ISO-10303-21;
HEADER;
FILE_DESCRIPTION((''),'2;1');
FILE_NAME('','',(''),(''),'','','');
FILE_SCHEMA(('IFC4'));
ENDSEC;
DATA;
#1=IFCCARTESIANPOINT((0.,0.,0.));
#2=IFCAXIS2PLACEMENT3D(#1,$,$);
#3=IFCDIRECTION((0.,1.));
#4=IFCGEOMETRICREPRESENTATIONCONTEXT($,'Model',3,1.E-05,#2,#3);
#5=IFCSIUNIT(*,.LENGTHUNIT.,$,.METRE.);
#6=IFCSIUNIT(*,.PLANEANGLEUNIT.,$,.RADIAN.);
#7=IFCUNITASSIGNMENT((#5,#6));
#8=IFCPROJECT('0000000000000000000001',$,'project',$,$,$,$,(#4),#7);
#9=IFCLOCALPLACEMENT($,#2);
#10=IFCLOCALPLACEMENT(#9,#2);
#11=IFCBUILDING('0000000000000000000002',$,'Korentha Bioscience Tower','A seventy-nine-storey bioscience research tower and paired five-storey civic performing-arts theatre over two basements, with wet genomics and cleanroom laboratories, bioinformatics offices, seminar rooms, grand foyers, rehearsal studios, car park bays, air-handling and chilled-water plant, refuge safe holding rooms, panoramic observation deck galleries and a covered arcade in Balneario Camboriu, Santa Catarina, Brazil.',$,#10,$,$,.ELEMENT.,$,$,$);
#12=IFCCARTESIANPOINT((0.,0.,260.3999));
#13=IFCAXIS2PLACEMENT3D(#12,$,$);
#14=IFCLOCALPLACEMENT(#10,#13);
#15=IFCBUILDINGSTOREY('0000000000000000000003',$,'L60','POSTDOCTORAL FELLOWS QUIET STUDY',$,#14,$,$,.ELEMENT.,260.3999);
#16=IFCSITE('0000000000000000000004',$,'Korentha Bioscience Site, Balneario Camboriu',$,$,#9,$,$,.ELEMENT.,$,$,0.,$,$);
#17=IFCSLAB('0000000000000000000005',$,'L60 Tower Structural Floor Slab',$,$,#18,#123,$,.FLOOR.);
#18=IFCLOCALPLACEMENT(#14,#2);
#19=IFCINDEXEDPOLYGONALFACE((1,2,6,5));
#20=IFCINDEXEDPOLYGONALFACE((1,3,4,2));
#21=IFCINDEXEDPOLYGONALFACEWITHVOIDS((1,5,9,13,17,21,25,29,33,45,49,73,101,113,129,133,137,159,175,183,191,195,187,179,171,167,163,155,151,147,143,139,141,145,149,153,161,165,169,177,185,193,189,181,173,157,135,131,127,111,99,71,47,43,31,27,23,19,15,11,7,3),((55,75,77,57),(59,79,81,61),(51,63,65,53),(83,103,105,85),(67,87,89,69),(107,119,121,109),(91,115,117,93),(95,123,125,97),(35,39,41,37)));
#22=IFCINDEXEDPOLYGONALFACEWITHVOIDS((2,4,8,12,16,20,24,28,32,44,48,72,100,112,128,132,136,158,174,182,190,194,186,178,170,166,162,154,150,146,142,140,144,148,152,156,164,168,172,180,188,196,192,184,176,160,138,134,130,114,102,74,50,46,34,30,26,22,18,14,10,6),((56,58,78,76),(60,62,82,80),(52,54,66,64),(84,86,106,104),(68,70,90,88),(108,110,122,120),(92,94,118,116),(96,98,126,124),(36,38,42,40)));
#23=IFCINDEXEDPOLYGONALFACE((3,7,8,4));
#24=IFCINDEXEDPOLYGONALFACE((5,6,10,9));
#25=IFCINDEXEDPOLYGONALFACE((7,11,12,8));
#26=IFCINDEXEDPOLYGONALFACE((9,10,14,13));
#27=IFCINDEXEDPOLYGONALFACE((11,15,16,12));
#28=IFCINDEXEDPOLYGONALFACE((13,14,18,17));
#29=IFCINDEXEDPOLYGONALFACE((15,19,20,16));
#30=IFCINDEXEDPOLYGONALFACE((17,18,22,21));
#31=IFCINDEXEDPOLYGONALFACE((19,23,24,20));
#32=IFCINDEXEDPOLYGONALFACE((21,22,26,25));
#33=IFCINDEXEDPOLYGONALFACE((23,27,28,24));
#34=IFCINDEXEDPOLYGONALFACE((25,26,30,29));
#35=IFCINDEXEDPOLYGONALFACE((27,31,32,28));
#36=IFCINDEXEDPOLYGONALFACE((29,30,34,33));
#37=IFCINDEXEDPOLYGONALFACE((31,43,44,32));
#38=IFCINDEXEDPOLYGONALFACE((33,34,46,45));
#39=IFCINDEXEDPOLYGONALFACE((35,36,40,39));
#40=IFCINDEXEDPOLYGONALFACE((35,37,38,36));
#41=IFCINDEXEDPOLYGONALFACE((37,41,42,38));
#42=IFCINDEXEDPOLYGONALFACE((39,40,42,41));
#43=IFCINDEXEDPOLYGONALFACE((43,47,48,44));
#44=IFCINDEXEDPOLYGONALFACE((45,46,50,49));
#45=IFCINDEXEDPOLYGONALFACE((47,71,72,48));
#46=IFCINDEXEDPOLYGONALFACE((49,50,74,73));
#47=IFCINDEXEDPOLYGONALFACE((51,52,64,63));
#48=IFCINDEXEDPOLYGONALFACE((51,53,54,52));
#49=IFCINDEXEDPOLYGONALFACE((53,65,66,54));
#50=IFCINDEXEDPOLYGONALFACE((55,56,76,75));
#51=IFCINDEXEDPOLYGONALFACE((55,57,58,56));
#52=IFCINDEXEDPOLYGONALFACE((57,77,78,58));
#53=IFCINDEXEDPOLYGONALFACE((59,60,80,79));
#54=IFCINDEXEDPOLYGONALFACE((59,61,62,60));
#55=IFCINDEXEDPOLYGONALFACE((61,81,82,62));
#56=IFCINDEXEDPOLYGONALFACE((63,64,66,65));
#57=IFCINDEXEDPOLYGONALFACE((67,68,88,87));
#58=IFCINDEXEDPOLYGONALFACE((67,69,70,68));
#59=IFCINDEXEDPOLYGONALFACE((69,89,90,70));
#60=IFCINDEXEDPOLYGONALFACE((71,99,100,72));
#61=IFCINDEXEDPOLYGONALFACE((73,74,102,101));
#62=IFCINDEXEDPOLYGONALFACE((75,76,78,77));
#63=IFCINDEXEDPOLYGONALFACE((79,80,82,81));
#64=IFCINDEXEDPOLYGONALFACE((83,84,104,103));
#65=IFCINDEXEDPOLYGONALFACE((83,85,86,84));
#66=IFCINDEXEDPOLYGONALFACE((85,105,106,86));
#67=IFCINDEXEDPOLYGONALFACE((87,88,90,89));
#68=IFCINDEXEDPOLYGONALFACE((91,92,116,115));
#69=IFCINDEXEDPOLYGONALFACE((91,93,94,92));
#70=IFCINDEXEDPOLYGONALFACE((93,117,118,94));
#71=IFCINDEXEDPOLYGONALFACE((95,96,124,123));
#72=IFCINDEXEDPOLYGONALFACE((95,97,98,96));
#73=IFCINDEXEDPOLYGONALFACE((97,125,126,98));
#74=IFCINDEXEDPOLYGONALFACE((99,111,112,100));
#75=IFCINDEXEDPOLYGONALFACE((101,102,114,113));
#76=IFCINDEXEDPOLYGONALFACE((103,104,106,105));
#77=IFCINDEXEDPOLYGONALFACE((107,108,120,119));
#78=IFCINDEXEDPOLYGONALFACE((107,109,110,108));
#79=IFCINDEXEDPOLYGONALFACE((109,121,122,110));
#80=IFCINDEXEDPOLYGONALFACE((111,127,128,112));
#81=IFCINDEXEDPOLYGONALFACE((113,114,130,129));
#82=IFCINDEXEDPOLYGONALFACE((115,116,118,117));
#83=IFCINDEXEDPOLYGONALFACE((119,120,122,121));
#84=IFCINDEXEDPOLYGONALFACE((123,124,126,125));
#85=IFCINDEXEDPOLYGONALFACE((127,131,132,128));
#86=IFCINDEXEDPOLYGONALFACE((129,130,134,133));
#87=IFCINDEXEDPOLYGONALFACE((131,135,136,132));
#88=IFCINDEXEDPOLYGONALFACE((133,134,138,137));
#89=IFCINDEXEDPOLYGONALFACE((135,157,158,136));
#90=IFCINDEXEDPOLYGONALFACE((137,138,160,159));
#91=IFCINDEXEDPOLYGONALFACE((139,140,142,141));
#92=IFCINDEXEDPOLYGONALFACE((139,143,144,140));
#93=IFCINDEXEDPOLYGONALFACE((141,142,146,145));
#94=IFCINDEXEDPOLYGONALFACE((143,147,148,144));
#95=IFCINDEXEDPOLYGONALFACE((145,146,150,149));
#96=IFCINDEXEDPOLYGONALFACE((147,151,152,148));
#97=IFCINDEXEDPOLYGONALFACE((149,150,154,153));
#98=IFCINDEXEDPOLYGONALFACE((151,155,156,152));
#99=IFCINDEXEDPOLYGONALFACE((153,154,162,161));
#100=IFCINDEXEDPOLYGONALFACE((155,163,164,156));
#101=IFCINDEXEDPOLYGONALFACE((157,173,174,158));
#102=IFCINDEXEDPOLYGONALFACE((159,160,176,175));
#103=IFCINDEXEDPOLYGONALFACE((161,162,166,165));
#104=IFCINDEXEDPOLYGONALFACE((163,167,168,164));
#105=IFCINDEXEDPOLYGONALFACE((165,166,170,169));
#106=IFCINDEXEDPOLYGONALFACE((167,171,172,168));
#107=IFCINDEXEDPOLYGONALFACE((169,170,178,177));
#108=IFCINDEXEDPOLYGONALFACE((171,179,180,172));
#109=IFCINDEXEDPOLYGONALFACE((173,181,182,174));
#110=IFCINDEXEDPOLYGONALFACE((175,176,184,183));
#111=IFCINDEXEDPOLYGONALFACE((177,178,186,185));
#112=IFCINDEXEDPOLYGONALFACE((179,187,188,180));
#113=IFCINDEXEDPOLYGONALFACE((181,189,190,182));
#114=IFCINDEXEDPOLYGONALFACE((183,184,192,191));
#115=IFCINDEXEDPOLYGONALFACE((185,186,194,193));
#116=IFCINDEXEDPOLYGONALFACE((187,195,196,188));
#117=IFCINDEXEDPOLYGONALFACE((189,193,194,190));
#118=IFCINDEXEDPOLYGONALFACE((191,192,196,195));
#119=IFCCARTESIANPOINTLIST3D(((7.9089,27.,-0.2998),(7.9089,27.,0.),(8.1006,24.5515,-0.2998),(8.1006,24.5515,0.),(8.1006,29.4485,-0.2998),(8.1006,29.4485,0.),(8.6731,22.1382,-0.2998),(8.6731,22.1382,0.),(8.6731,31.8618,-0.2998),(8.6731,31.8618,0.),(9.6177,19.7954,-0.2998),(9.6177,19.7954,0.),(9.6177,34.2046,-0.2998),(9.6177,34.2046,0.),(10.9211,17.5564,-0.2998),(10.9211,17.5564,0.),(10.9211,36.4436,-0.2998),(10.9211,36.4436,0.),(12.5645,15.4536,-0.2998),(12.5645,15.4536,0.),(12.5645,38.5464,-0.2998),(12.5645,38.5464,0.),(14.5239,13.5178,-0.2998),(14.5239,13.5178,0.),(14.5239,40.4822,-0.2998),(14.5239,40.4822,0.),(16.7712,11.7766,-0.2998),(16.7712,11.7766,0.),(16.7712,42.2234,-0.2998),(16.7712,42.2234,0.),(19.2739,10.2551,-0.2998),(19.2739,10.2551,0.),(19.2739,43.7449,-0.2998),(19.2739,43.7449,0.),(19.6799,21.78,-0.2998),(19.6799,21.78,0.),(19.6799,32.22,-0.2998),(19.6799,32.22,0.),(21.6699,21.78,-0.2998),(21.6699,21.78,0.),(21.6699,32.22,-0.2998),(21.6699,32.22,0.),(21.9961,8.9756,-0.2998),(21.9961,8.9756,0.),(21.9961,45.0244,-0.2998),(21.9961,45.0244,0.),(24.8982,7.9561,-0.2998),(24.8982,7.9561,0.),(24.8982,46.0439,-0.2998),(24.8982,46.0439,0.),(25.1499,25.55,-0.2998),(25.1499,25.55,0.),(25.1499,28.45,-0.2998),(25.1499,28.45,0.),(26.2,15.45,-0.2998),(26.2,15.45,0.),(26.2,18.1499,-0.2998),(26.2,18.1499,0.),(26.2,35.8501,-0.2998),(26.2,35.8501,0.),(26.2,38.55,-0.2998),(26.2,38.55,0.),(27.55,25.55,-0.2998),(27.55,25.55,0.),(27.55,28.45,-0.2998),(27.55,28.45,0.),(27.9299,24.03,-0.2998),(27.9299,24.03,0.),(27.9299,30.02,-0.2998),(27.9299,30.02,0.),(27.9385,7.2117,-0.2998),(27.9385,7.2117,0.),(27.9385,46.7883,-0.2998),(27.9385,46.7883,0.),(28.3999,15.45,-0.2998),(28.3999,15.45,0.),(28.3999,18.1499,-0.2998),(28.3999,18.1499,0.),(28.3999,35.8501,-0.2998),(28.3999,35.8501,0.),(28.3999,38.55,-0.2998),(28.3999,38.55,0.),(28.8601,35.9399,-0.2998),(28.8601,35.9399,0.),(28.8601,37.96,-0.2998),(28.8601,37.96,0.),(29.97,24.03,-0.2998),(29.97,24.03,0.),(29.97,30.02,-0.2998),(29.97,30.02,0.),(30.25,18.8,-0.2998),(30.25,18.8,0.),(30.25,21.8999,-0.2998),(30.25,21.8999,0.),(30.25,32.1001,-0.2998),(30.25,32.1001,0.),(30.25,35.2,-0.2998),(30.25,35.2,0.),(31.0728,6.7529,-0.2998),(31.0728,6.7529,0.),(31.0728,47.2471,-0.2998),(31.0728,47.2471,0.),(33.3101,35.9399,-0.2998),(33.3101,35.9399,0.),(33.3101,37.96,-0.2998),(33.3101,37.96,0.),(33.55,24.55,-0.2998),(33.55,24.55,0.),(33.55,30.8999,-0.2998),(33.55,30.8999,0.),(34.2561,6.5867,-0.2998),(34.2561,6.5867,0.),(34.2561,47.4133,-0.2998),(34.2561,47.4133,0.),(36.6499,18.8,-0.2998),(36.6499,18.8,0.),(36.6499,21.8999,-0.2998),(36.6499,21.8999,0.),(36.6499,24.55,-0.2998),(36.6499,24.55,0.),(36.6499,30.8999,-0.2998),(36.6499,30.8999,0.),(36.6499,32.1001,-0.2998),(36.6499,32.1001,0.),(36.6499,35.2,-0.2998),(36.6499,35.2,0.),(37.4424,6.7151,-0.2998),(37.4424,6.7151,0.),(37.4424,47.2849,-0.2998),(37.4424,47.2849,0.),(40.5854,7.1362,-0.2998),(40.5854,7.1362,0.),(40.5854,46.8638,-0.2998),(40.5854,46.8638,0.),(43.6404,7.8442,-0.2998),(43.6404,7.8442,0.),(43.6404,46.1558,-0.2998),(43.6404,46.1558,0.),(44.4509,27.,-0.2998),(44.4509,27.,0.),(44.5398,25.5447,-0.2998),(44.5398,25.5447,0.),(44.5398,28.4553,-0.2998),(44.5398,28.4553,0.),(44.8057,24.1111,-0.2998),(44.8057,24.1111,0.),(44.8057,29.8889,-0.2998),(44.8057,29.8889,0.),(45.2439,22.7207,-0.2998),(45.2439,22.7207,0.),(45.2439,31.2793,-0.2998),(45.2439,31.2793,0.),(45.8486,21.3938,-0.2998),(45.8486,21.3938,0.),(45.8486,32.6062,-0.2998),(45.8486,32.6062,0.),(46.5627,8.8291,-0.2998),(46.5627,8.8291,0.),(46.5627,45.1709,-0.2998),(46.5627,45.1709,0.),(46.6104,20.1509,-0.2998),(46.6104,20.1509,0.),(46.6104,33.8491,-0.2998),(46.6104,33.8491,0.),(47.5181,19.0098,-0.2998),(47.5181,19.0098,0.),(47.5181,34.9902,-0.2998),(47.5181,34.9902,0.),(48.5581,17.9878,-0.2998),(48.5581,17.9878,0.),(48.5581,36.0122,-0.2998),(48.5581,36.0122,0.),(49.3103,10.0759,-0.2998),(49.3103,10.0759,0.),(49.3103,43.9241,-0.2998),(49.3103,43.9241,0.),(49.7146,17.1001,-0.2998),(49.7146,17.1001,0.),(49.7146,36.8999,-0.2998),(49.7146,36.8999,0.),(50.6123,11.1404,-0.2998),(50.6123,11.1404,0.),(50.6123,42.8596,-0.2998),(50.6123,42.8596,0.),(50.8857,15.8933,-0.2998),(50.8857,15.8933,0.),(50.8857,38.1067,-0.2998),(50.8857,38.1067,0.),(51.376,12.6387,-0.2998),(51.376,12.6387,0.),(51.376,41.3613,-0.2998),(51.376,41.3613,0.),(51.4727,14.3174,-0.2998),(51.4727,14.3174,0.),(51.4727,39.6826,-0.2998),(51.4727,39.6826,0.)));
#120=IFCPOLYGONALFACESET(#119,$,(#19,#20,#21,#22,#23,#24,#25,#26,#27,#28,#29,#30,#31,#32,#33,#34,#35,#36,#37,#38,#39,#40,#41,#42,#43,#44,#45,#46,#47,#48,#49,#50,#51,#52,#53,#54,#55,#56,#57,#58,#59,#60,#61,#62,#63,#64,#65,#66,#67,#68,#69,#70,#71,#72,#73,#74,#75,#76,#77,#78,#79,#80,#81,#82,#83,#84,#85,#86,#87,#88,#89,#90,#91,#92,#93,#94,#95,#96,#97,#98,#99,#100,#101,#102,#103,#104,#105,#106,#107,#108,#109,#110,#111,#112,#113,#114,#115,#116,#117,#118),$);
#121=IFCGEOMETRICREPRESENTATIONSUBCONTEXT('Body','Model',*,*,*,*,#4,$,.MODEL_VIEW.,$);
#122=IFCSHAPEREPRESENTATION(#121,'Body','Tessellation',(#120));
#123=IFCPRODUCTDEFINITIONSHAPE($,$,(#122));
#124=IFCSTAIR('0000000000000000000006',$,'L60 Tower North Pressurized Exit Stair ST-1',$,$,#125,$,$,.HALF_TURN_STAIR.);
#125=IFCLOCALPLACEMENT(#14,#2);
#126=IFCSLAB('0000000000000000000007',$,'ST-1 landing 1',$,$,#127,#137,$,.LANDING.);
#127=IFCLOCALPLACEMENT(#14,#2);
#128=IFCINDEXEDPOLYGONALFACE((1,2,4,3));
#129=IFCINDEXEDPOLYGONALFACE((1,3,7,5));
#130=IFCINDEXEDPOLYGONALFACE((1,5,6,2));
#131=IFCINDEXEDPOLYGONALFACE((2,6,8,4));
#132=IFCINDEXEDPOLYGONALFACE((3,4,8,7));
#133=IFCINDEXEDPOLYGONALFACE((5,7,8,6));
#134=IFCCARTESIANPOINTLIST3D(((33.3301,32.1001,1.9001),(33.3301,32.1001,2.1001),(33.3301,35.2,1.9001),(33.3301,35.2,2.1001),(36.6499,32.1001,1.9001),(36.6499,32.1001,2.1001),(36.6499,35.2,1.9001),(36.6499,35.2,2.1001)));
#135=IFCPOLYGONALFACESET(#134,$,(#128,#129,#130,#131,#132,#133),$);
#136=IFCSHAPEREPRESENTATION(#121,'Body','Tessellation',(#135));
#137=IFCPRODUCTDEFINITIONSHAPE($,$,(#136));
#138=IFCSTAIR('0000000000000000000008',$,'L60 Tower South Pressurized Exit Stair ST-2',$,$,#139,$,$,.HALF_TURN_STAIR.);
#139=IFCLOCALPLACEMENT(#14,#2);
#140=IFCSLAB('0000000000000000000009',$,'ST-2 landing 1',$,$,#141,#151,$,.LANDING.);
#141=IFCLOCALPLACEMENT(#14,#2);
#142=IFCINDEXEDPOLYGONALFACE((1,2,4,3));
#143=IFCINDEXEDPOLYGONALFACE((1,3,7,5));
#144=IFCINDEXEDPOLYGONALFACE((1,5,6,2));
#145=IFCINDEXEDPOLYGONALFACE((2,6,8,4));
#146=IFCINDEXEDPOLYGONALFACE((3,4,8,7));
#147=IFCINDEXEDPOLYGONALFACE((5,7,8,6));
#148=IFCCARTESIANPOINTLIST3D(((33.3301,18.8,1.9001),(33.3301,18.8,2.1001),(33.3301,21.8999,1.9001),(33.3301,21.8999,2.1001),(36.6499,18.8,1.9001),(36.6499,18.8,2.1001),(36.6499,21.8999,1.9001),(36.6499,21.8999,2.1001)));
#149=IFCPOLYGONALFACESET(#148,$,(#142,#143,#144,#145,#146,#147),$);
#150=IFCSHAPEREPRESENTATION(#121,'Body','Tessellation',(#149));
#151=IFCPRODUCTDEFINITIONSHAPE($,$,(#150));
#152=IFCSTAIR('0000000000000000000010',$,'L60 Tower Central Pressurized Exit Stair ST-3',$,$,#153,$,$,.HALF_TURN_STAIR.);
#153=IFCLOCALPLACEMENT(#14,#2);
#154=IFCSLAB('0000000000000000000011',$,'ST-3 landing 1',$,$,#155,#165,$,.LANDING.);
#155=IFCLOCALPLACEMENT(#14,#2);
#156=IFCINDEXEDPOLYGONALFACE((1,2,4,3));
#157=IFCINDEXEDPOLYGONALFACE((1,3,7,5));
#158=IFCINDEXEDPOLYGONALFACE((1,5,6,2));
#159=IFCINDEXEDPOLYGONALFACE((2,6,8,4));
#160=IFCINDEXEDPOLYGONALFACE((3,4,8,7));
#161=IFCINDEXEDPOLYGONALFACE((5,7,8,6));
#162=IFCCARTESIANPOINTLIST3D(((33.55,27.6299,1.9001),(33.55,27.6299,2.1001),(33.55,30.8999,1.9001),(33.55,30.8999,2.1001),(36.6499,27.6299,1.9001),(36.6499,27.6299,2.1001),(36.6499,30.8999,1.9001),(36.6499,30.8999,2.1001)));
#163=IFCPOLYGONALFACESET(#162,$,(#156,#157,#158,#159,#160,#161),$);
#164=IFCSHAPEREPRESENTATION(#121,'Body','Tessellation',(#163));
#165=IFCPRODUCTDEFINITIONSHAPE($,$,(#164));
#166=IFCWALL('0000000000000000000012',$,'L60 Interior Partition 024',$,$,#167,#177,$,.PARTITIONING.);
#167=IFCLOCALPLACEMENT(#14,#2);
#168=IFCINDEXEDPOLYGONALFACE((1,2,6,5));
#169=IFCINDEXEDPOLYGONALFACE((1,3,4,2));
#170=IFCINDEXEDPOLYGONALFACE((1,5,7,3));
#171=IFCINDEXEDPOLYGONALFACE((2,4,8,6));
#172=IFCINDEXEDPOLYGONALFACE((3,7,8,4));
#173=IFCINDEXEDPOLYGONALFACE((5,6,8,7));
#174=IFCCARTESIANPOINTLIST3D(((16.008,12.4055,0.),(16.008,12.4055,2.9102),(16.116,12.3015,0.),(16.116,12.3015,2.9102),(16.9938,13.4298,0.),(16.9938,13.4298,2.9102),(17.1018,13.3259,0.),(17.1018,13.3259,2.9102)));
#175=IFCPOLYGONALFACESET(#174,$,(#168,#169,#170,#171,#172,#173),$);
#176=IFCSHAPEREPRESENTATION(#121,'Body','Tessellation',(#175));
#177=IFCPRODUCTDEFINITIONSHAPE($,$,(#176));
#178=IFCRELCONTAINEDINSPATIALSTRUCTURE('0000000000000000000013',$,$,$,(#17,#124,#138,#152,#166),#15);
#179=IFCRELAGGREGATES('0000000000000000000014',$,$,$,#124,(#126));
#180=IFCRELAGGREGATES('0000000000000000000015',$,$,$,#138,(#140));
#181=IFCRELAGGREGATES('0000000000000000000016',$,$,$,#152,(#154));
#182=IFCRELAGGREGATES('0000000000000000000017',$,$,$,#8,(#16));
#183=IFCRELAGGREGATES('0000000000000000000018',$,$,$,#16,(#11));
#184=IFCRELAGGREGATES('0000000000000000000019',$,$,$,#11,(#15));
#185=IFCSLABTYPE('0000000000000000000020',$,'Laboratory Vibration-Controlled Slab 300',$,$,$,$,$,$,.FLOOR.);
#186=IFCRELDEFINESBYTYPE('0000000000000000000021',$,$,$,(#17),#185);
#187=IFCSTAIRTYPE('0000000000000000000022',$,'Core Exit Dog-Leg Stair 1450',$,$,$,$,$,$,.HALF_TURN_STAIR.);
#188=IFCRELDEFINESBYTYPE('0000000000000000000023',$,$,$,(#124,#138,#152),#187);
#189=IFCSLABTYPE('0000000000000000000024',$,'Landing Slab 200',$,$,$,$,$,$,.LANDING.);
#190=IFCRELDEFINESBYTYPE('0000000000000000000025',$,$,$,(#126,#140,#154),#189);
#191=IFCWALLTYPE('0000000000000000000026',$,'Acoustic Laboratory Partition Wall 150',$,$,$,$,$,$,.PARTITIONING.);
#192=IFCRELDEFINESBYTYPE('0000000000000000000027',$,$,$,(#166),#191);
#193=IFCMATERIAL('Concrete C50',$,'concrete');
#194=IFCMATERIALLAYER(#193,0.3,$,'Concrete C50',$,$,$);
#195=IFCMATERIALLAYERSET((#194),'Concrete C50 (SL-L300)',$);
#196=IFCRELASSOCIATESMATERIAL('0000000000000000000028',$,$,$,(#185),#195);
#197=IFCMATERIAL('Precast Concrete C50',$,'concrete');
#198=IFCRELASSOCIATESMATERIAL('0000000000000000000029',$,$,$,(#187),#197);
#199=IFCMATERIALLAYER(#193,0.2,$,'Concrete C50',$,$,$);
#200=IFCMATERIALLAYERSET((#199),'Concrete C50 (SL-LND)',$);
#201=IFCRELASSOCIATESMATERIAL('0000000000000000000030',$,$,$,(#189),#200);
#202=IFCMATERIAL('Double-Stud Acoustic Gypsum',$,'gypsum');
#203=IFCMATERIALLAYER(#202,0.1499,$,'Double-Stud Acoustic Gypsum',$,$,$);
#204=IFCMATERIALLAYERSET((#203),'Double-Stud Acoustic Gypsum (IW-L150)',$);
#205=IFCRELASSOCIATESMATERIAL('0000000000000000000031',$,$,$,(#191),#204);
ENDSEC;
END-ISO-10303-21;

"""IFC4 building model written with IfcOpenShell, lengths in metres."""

from ifc_helpers import new_model, si_unit, direction, frame, frame_2d, origin, place, context, subcontext, project, spatial, polyline, rectangle, outline, extrude, material, layer, layer_set, type_object, element, aggregate, save


model = new_model("IFC4")

# Units and contexts
model_context = context("Model", 3, precision=1e-05, world=origin(), true_north=direction((0.0, 1.0)))
body_context = subcontext(model_context, "Body", "Model", "MODEL_VIEW")
ifc_project = project(units=[si_unit("LENGTHUNIT", "METRE"), si_unit("PLANEANGLEUNIT", "RADIAN")], contexts=[model_context])

# Site, building, storey
site_placement = place(None, origin())
site = spatial("IfcSite", under=ifc_project, at=site_placement, Name="Korentha Bioscience Site, Balneario Camboriu", CompositionType="ELEMENT", RefElevation=0.0)
building_placement = place(site_placement, origin())
building = spatial("IfcBuilding", under=site, at=building_placement, Name="Korentha Bioscience Tower", Description="A seventy-nine-storey bioscience research tower and paired five-storey civic performing-arts theatre over two basements, with wet genomics and cleanroom laboratories, bioinformatics offices, seminar rooms, grand foyers, rehearsal studios, car park bays, air-handling and chilled-water plant, refuge safe holding rooms, panoramic observation deck galleries and a covered arcade in Balneario Camboriu, Santa Catarina, Brazil.", CompositionType="ELEMENT")
storey_placement = place(building_placement, frame((0.0, 0.0, 260.3999)))
storey = spatial("IfcBuildingStorey", under=building, at=storey_placement, Name="L60", Description="POSTDOCTORAL FELLOWS QUIET STUDY", CompositionType="ELEMENT", Elevation=260.3999)

# Slab
ifc_material_1 = material(Name="Concrete C50", Category="concrete")
ifc_layer_1 = layer(ifc_material_1, 0.3, Name="Concrete C50")
ifc_layer_set_1 = layer_set([ifc_layer_1], Name="Concrete C50 (SL-L300)")
slab_type_1 = type_object("IfcSlabType", Name="Laboratory Vibration-Controlled Slab 300", PredefinedType="FLOOR", material=ifc_layer_set_1)
slab_1_placement = place(storey_placement, frame((0.0, 0.0, -0.2998)))
element("IfcSlab", 1, at=slab_1_placement, inside=storey, type_object=slab_type_1, Name="L60 Tower Structural Floor Slab", PredefinedType="FLOOR", context=body_context, shape_type="SweptSolid", body=[
    extrude(outline(polyline([(49.3103, 43.9241), (46.5627, 45.1709), (43.6404, 46.1558), (40.5854, 46.8638), (37.4424, 47.2849), (34.2561, 47.4133), (31.0728, 47.2471), (27.9385, 46.7883), (24.8982, 46.0439), (21.9961, 45.0244), (19.2739, 43.7449), (16.7712, 42.2234), (14.5239, 40.4822), (12.5645, 38.5464), (10.9211, 36.4436), (9.6177, 34.2046), (8.6731, 31.8618), (8.1006, 29.4485), (7.9089, 27.0), (8.1006, 24.5515), (8.6731, 22.1382), (9.6177, 19.7954), (10.9211, 17.5564), (12.5645, 15.4536), (14.5239, 13.5178), (16.7712, 11.7766), (19.2739, 10.2551), (21.9961, 8.9756), (24.8982, 7.9561), (27.9385, 7.2117), (31.0728, 6.7529), (34.2561, 6.5867), (37.4424, 6.7151), (40.5854, 7.1362), (43.6404, 7.8442), (46.5627, 8.8291), (49.3103, 10.0759), (50.6123, 11.1404), (51.376, 12.6387), (51.4727, 14.3174), (50.8857, 15.8933), (49.7146, 17.1001), (48.5581, 17.9878), (47.5181, 19.0098), (46.6104, 20.1509), (45.8486, 21.3938), (45.2439, 22.7207), (44.8057, 24.1111), (44.5398, 25.5447), (44.4509, 27.0), (44.5398, 28.4553), (44.8057, 29.8889), (45.2439, 31.2793), (45.8486, 32.6062), (46.6104, 33.8491), (47.5181, 34.9902), (48.5581, 36.0122), (49.7146, 36.8999), (50.8857, 38.1067), (51.4727, 39.6826), (51.376, 41.3613), (50.6123, 42.8596), (49.3103, 43.9241)]), holes=[polyline([(30.25, 32.1001), (36.6499, 32.1001), (36.6499, 35.2), (30.25, 35.2), (30.25, 32.1001)]), polyline([(30.25, 18.8), (36.6499, 18.8), (36.6499, 21.8999), (30.25, 21.8999), (30.25, 18.8)]), polyline([(36.6499, 24.55), (36.6499, 30.8999), (33.55, 30.8999), (33.55, 24.55), (36.6499, 24.55)]), polyline([(19.6799, 21.78), (21.6699, 21.78), (21.6699, 32.22), (19.6799, 32.22), (19.6799, 21.78)]), polyline([(27.9299, 24.03), (29.97, 24.03), (29.97, 30.02), (27.9299, 30.02), (27.9299, 24.03)]), polyline([(28.8601, 35.9399), (33.3101, 35.9399), (33.3101, 37.96), (28.8601, 37.96), (28.8601, 35.9399)]), polyline([(26.2, 15.45), (28.3999, 15.45), (28.3999, 18.1499), (26.2, 18.1499), (26.2, 15.45)]), polyline([(26.2, 35.8501), (28.3999, 35.8501), (28.3999, 38.55), (26.2, 38.55), (26.2, 35.8501)]), polyline([(25.1499, 25.55), (27.55, 25.55), (27.55, 28.45), (25.1499, 28.45), (25.1499, 25.55)])]), origin(), (0.0, 0.0, 1.0), 0.2998),
])

# Stairs, slabs
ifc_material_2 = material(Name="Precast Concrete C50", Category="concrete")
stair_type = type_object("IfcStairType", Name="Core Exit Dog-Leg Stair 1450", PredefinedType="HALF_TURN_STAIR", material=ifc_material_2)
stair_1_placement = place(storey_placement, origin())
stair_1 = element("IfcStair", 2, at=stair_1_placement, inside=storey, type_object=stair_type, Name="L60 Tower North Pressurized Exit Stair ST-1", PredefinedType="HALF_TURN_STAIR")
ifc_layer_2 = layer(ifc_material_1, 0.2, Name="Concrete C50")
ifc_layer_set_2 = layer_set([ifc_layer_2], Name="Concrete C50 (SL-LND)")
slab_type_2 = type_object("IfcSlabType", Name="Landing Slab 200", PredefinedType="LANDING", material=ifc_layer_set_2)
slab_2_placement = place(storey_placement, frame((0.0, 0.0, 1.9001)))
slab_2 = element("IfcSlab", 3, at=slab_2_placement, type_object=slab_type_2, Name="ST-1 landing 1", PredefinedType="LANDING", context=body_context, shape_type="SweptSolid", body=[
    extrude(outline(polyline([(33.3301, 32.1001), (36.6499, 32.1001), (36.6499, 35.2), (33.3301, 35.2), (33.3301, 32.1001)])), origin(), (0.0, 0.0, 1.0), 0.2),
])
aggregate(stair_1, [slab_2])
stair_2_placement = place(storey_placement, origin())
stair_2 = element("IfcStair", 4, at=stair_2_placement, inside=storey, type_object=stair_type, Name="L60 Tower South Pressurized Exit Stair ST-2", PredefinedType="HALF_TURN_STAIR")
slab_3_placement = place(storey_placement, frame((0.0, 0.0, 1.9001)))
slab_3 = element("IfcSlab", 5, at=slab_3_placement, type_object=slab_type_2, Name="ST-2 landing 1", PredefinedType="LANDING", context=body_context, shape_type="SweptSolid", body=[
    extrude(outline(polyline([(33.3301, 18.8), (36.6499, 18.8), (36.6499, 21.8999), (33.3301, 21.8999), (33.3301, 18.8)])), origin(), (0.0, 0.0, 1.0), 0.2),
])
aggregate(stair_2, [slab_3])
stair_3_placement = place(storey_placement, origin())
stair_3 = element("IfcStair", 6, at=stair_3_placement, inside=storey, type_object=stair_type, Name="L60 Tower Central Pressurized Exit Stair ST-3", PredefinedType="HALF_TURN_STAIR")
slab_4_placement = place(storey_placement, frame((0.0, 0.0, 1.9001)))
slab_4 = element("IfcSlab", 7, at=slab_4_placement, type_object=slab_type_2, Name="ST-3 landing 1", PredefinedType="LANDING", context=body_context, shape_type="SweptSolid", body=[
    extrude(outline(polyline([(36.6499, 27.6299), (36.6499, 30.8999), (33.55, 30.8999), (33.55, 27.6299), (36.6499, 27.6299)])), origin(), (0.0, 0.0, 1.0), 0.2),
])
aggregate(stair_3, [slab_4])

# Wall
ifc_material_3 = material(Name="Double-Stud Acoustic Gypsum", Category="gypsum")
ifc_layer_3 = layer(ifc_material_3, 0.1499, Name="Double-Stud Acoustic Gypsum")
ifc_layer_set_3 = layer_set([ifc_layer_3], Name="Double-Stud Acoustic Gypsum (IW-L150)")
wall_type_1 = type_object("IfcWallType", Name="Acoustic Laboratory Partition Wall 150", PredefinedType="PARTITIONING", material=ifc_layer_set_3)
wall_1_placement = place(storey_placement, frame((17.0479, 13.3779, 0.0), z_axis=(0.0, 0.0, 1.0), x_axis=(-0.693411, -0.720543, 0.0)))
element("IfcWall", 8, at=wall_1_placement, inside=storey, type_object=wall_type_1, Name="L60 Interior Partition 024", PredefinedType="PARTITIONING", context=body_context, shape_type="SweptSolid", body=[
    extrude(rectangle(XDim=1.4216, YDim=0.1499, at=frame_2d((0.7109, 0.0))), origin(), (0.0, 0.0, 1.0), 2.9102),
])

save(model, "model.ifc")
